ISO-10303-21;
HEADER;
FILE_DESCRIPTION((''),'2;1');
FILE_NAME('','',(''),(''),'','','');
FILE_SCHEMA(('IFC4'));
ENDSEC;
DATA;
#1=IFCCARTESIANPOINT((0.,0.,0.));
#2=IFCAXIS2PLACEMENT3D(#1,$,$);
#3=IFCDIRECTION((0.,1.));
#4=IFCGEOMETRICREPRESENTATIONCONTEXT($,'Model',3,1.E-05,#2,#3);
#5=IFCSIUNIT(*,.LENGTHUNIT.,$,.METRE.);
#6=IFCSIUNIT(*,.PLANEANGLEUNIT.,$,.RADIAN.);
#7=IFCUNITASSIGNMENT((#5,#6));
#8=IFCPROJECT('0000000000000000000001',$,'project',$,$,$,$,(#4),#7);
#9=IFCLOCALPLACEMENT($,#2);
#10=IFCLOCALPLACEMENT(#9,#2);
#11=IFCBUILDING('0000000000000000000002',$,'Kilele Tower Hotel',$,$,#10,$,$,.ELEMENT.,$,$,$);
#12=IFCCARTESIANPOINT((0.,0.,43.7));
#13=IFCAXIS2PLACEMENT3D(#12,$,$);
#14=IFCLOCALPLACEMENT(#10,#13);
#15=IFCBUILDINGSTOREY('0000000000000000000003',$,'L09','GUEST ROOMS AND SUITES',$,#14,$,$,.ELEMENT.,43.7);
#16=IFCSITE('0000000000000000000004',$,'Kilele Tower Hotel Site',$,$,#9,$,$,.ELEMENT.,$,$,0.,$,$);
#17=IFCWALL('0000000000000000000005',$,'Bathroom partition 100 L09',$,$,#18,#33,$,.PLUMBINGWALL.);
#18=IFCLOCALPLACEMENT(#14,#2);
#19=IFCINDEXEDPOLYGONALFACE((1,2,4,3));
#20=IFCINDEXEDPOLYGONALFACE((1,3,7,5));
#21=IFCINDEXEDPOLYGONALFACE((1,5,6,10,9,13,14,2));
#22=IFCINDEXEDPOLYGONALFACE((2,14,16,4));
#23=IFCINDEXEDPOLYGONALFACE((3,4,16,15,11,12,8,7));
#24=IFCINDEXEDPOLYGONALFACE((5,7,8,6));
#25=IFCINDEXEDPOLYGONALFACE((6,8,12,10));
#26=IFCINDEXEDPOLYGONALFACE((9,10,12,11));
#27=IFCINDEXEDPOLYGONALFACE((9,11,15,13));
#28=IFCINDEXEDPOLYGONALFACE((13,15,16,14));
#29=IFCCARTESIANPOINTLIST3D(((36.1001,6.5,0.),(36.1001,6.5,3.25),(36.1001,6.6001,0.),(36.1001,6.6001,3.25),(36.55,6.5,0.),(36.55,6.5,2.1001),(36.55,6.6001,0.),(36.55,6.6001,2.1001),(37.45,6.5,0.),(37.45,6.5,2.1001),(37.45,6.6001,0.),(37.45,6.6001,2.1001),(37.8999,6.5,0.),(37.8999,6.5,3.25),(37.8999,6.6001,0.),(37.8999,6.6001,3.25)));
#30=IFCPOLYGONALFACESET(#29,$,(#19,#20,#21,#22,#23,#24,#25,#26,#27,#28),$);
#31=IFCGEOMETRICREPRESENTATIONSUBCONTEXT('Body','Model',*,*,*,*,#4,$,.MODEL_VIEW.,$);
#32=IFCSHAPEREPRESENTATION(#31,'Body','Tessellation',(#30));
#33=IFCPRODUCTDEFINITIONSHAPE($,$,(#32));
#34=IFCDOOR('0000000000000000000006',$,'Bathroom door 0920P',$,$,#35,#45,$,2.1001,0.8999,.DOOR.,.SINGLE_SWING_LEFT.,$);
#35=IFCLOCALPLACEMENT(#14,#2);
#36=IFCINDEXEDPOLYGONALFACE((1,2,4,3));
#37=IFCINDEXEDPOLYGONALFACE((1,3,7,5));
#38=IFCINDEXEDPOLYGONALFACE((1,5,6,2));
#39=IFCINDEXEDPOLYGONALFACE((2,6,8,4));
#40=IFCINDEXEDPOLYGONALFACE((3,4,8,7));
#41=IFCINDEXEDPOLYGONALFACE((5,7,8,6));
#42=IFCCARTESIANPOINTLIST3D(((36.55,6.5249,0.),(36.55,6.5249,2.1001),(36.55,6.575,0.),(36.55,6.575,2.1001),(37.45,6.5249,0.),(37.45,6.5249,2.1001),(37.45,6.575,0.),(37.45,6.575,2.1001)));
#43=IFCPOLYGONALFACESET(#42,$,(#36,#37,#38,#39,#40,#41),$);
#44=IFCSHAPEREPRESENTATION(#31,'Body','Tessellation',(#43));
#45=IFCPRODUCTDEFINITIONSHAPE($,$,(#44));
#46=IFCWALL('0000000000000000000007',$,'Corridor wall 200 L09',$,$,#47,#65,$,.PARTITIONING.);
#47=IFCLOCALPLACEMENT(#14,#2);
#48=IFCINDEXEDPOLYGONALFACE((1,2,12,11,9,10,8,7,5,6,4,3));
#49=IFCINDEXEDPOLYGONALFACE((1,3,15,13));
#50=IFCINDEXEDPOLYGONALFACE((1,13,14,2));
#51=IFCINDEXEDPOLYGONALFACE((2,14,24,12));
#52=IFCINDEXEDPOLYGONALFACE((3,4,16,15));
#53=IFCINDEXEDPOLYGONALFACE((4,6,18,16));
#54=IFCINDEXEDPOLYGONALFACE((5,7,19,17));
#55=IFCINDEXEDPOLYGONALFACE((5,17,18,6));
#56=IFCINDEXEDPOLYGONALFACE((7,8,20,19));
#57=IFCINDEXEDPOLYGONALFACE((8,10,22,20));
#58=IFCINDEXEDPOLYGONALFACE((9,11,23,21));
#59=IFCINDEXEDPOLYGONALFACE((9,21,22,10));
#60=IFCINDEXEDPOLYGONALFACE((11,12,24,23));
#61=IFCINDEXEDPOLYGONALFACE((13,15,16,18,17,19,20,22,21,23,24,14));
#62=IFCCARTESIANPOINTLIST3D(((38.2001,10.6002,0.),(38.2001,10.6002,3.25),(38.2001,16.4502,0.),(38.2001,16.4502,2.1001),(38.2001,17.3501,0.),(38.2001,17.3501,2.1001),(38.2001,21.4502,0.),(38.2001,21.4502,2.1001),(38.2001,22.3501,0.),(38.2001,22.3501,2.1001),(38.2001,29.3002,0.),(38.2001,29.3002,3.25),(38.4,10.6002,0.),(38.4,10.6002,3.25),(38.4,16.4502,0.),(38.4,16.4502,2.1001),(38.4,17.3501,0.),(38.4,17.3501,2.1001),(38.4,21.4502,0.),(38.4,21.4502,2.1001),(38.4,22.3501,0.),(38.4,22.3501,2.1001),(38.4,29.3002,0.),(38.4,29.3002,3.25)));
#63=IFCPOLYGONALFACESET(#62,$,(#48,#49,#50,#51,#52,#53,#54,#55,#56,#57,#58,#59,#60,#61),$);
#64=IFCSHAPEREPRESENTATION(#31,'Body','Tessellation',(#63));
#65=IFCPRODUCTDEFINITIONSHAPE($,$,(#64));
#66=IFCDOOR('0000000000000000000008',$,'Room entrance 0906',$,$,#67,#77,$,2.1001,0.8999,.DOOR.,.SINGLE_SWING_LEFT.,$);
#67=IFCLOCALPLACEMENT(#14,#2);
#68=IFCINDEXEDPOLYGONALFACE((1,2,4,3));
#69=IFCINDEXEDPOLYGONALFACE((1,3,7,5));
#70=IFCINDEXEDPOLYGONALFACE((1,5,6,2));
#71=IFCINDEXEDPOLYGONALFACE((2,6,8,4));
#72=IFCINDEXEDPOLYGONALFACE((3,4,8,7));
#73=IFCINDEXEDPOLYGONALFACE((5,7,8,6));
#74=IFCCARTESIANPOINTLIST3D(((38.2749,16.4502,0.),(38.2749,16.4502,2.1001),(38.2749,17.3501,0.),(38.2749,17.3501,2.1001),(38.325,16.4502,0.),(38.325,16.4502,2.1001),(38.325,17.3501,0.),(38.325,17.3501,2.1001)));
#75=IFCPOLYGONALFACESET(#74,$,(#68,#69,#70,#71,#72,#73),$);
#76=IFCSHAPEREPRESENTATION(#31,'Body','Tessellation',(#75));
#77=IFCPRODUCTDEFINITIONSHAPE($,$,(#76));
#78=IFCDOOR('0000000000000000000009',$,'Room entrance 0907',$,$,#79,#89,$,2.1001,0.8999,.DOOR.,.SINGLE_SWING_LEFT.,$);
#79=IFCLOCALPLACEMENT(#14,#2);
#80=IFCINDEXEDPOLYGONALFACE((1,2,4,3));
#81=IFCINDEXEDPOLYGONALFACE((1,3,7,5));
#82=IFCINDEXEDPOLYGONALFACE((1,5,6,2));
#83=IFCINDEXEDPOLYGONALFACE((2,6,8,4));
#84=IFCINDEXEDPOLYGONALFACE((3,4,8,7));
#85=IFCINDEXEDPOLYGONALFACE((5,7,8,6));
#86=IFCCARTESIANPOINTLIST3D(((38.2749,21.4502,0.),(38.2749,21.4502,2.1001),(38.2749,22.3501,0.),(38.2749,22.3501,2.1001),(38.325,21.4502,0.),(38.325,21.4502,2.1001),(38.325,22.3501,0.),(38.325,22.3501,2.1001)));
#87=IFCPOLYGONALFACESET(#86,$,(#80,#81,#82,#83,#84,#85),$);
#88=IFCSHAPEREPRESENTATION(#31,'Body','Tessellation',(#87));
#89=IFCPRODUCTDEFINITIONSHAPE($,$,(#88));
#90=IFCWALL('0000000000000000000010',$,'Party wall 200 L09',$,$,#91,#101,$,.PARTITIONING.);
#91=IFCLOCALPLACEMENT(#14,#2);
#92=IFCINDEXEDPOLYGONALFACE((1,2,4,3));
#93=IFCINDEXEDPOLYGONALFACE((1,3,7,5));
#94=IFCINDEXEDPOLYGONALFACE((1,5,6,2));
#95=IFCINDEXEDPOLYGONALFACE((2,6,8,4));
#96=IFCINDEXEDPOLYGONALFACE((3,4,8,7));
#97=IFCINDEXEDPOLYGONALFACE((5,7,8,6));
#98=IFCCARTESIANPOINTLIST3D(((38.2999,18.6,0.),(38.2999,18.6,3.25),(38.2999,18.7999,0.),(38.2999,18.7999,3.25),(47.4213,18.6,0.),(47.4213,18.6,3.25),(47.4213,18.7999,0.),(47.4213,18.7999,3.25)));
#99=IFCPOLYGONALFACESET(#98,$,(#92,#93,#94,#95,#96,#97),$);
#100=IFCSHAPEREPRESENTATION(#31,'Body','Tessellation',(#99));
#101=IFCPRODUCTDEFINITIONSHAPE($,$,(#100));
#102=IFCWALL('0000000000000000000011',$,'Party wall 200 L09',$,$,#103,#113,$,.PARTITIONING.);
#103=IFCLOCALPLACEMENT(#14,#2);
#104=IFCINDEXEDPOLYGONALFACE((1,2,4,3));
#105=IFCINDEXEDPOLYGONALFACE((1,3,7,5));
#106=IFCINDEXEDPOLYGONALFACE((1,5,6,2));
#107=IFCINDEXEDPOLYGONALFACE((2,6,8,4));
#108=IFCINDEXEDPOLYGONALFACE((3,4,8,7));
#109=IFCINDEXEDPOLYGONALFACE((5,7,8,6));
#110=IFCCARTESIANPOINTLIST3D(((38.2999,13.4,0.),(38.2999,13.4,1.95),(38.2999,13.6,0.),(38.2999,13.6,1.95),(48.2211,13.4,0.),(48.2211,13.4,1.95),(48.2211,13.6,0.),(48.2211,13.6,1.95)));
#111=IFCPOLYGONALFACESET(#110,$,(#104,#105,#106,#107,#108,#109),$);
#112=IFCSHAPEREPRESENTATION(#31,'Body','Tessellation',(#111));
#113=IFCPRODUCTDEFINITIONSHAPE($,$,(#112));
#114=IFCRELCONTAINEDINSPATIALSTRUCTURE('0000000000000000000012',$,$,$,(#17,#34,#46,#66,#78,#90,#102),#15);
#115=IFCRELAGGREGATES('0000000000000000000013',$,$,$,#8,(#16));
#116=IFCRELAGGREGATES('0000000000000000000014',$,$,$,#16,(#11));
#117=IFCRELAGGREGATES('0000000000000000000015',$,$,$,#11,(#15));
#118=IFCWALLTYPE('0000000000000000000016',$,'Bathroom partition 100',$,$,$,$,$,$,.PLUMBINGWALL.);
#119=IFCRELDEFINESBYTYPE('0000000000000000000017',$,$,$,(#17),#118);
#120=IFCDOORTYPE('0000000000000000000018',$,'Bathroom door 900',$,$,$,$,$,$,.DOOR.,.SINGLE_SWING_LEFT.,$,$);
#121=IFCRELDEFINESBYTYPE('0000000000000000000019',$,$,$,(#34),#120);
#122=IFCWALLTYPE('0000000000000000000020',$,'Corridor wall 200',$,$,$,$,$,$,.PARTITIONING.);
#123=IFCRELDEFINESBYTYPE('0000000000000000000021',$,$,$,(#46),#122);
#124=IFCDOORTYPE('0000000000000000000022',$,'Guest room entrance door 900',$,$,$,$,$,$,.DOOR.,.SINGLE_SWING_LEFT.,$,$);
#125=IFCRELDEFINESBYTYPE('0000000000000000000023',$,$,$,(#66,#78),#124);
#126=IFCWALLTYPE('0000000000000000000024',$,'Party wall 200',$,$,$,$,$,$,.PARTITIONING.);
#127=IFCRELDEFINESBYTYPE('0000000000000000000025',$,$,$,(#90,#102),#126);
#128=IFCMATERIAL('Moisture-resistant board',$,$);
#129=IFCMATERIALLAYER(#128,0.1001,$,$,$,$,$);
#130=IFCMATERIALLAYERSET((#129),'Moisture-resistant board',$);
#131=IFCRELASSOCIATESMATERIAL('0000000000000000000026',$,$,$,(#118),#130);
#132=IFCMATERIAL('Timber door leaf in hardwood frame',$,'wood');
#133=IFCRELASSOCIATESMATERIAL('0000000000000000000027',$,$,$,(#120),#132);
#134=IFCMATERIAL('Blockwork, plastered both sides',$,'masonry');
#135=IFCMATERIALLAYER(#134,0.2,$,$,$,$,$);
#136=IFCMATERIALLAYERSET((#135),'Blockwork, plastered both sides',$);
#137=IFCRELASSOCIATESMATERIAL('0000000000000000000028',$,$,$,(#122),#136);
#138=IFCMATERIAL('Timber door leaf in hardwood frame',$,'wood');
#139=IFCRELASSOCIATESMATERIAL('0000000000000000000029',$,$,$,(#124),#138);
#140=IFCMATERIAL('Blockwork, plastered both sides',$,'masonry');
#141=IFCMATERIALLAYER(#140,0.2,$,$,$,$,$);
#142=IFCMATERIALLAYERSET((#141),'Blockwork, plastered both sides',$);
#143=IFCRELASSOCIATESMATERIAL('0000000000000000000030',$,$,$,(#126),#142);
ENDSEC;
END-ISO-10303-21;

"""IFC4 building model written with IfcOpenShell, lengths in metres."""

from ifc_helpers import new_model, si_unit, direction, frame, frame_2d, origin, place, context, subcontext, project, spatial, rectangle, extrude, material, layer, layer_set, type_object, element, fill, save


model = new_model("IFC4")

# Units and contexts
model_context = context("Model", 3, precision=1e-05, world=origin(), true_north=direction((0.0, 1.0)))
body_context = subcontext(model_context, "Body", "Model", "MODEL_VIEW")
ifc_project = project(units=[si_unit("LENGTHUNIT", "METRE"), si_unit("PLANEANGLEUNIT", "RADIAN")], contexts=[model_context])

# Site, building, storey
site_placement = place(None, origin())
site = spatial("IfcSite", under=ifc_project, at=site_placement, Name="Kilele Tower Hotel Site", CompositionType="ELEMENT", RefElevation=0.0)
building_placement = place(site_placement, origin())
building = spatial("IfcBuilding", under=site, at=building_placement, Name="Kilele Tower Hotel", CompositionType="ELEMENT")
storey_placement = place(building_placement, frame((0.0, 0.0, 43.7)))
storey = spatial("IfcBuildingStorey", under=building, at=storey_placement, Name="L09", Description="GUEST ROOMS AND SUITES", CompositionType="ELEMENT", Elevation=43.7)

# Shared definitions
ifc_material_1 = material(Name="Moisture-resistant board")
ifc_layer_1 = layer(ifc_material_1, 0.1001)
ifc_layer_set_1 = layer_set([ifc_layer_1], Name="Moisture-resistant board")
wall_type_1 = type_object("IfcWallType", Name="Bathroom partition 100", PredefinedType="PLUMBINGWALL", material=ifc_layer_set_1)

# Shared definitions
ifc_material_2 = material(Name="Timber door leaf in hardwood frame", Category="wood")
door_type_1 = type_object("IfcDoorType", Name="Bathroom door 900", OperationType="SINGLE_SWING_LEFT", PredefinedType="DOOR", material=ifc_material_2)

# Wall, opening, door
wall_1_placement = place(storey_placement, frame((36.1001, 6.55, 0.0), z_axis=(0.0, 0.0, 1.0), x_axis=(1.0, 0.0, 0.0)))
wall_1 = element("IfcWall", 1, at=wall_1_placement, inside=storey, type_object=wall_type_1, Name="Bathroom partition 100 L09", PredefinedType="PLUMBINGWALL", context=body_context, shape_type="SweptSolid", body=[
    extrude(rectangle(XDim=1.7998, YDim=0.1001, at=frame_2d((0.8999, 0.0))), origin(), (0.0, 0.0, 1.0), 3.25),
])
opening_1_placement = place(wall_1_placement, frame((0.45, 0.0, 0.0)))
opening_1 = element("IfcOpeningElement", 2, at=opening_1_placement, cuts=wall_1, PredefinedType="OPENING", context=body_context, shape_type="SweptSolid", body=[
    extrude(rectangle(XDim=0.8999, YDim=2.1001, at=frame_2d((0.45, 1.05))), frame((0.0, 0.0601, 0.0), z_axis=(0.0, -1.0, 0.0), x_axis=(1.0, 0.0, 0.0)), (0.0, 0.0, 1.0), 0.1201),
])
door_1_placement = place(opening_1_placement, origin())
door_1 = element("IfcDoor", 3, at=door_1_placement, inside=storey, type_object=door_type_1, Name="Bathroom door 0920P", OperationType="SINGLE_SWING_LEFT", OverallHeight=2.1001, OverallWidth=0.8999, PredefinedType="DOOR", context=body_context, shape_type="SweptSolid", body=[
    extrude(rectangle(XDim=0.8999, YDim=2.1001, at=frame_2d((0.45, 1.05))), frame((0.0, 0.0249, 0.0), z_axis=(0.0, -1.0, 0.0), x_axis=(1.0, 0.0, 0.0)), (0.0, 0.0, 1.0), 0.05),
])
fill(opening_1, door_1)

# Wall, openings, doors
ifc_material_3 = material(Name="Blockwork, plastered both sides", Category="masonry")
ifc_layer_2 = layer(ifc_material_3, 0.2)
ifc_layer_set_2 = layer_set([ifc_layer_2], Name="Blockwork, plastered both sides")
wall_type_2 = type_object("IfcWallType", Name="Corridor wall 200", PredefinedType="PARTITIONING", material=ifc_layer_set_2)
wall_2_placement = place(storey_placement, frame((38.3, 10.6001, 0.0), z_axis=(0.0, 0.0, 1.0), x_axis=(0.0, 1.0, 0.0)))
wall_2 = element("IfcWall", 4, at=wall_2_placement, inside=storey, type_object=wall_type_2, Name="Corridor wall 200 L09", PredefinedType="PARTITIONING", context=body_context, shape_type="SweptSolid", body=[
    extrude(rectangle(XDim=18.7, YDim=0.2, at=frame_2d((9.3501, 0.0))), origin(), (0.0, 0.0, 1.0), 3.25),
])
opening_2_placement = place(wall_2_placement, frame((6.75, 0.0, 0.0), z_axis=(0.0, 0.0, 1.0), x_axis=(-1.0, 0.0, 0.0)))
opening_2 = element("IfcOpeningElement", 5, at=opening_2_placement, cuts=wall_2, PredefinedType="OPENING", context=body_context, shape_type="SweptSolid", body=[
    extrude(rectangle(XDim=0.8999, YDim=2.1001, at=frame_2d((0.45, 1.05))), frame((0.0, 0.1099, 0.0), z_axis=(0.0, -1.0, 0.0), x_axis=(1.0, 0.0, 0.0)), (0.0, 0.0, 1.0), 0.22),
])
opening_3_placement = place(wall_2_placement, frame((11.75, 0.0, 0.0), z_axis=(0.0, 0.0, 1.0), x_axis=(-1.0, 0.0, 0.0)))
opening_3 = element("IfcOpeningElement", 6, at=opening_3_placement, cuts=wall_2, PredefinedType="OPENING", context=body_context, shape_type="SweptSolid", body=[
    extrude(rectangle(XDim=0.8999, YDim=2.1001, at=frame_2d((0.45, 1.05))), frame((0.0, 0.1099, 0.0), z_axis=(0.0, -1.0, 0.0), x_axis=(1.0, 0.0, 0.0)), (0.0, 0.0, 1.0), 0.22),
])
ifc_material_4 = material(Name="Timber door leaf in hardwood frame", Category="wood")
door_type_2 = type_object("IfcDoorType", Name="Guest room entrance door 900", OperationType="SINGLE_SWING_LEFT", PredefinedType="DOOR", material=ifc_material_4)
door_2_placement = place(opening_2_placement, origin())
door_2 = element("IfcDoor", 7, at=door_2_placement, inside=storey, type_object=door_type_2, Name="Room entrance 0906", OperationType="SINGLE_SWING_LEFT", OverallHeight=2.1001, OverallWidth=0.8999, PredefinedType="DOOR", context=body_context, shape_type="SweptSolid", body=[
    extrude(rectangle(XDim=0.8999, YDim=2.1001, at=frame_2d((0.45, 1.05))), frame((0.0, 0.0249, 0.0), z_axis=(0.0, -1.0, 0.0), x_axis=(1.0, 0.0, 0.0)), (0.0, 0.0, 1.0), 0.05),
])
fill(opening_2, door_2)
door_3_placement = place(opening_3_placement, origin())
door_3 = element("IfcDoor", 8, at=door_3_placement, inside=storey, type_object=door_type_2, Name="Room entrance 0907", OperationType="SINGLE_SWING_LEFT", OverallHeight=2.1001, OverallWidth=0.8999, PredefinedType="DOOR", context=body_context, shape_type="SweptSolid", body=[
    extrude(rectangle(XDim=0.8999, YDim=2.1001, at=frame_2d((0.45, 1.05))), frame((0.0, 0.0249, 0.0), z_axis=(0.0, -1.0, 0.0), x_axis=(1.0, 0.0, 0.0)), (0.0, 0.0, 1.0), 0.05),
])
fill(opening_3, door_3)

# Walls
ifc_material_5 = material(Name="Blockwork, plastered both sides", Category="masonry")
ifc_layer_3 = layer(ifc_material_5, 0.2)
ifc_layer_set_3 = layer_set([ifc_layer_3], Name="Blockwork, plastered both sides")
wall_type_3 = type_object("IfcWallType", Name="Party wall 200", PredefinedType="PARTITIONING", material=ifc_layer_set_3)
wall_3_placement = place(storey_placement, frame((38.3, 18.7, 0.0), z_axis=(0.0, 0.0, 1.0), x_axis=(1.0, 0.0, 0.0)))
element("IfcWall", 9, at=wall_3_placement, inside=storey, type_object=wall_type_3, Name="Party wall 200 L09", PredefinedType="PARTITIONING", context=body_context, shape_type="SweptSolid", body=[
    extrude(rectangle(XDim=9.1213, YDim=0.2, at=frame_2d((4.5605, 0.0))), origin(), (0.0, 0.0, 1.0), 3.25),
])
wall_4_placement = place(storey_placement, frame((38.3, 13.5, 0.0), z_axis=(0.0, 0.0, 1.0), x_axis=(1.0, 0.0, 0.0)))
element("IfcWall", 10, at=wall_4_placement, inside=storey, type_object=wall_type_3, Name="Party wall 200 L09", PredefinedType="PARTITIONING", context=body_context, shape_type="SweptSolid", body=[
    extrude(rectangle(XDim=9.9211, YDim=0.2, at=frame_2d((4.9604, 0.0))), origin(), (0.0, 0.0, 1.0), 1.95),
])

save(model, "model.ifc")
